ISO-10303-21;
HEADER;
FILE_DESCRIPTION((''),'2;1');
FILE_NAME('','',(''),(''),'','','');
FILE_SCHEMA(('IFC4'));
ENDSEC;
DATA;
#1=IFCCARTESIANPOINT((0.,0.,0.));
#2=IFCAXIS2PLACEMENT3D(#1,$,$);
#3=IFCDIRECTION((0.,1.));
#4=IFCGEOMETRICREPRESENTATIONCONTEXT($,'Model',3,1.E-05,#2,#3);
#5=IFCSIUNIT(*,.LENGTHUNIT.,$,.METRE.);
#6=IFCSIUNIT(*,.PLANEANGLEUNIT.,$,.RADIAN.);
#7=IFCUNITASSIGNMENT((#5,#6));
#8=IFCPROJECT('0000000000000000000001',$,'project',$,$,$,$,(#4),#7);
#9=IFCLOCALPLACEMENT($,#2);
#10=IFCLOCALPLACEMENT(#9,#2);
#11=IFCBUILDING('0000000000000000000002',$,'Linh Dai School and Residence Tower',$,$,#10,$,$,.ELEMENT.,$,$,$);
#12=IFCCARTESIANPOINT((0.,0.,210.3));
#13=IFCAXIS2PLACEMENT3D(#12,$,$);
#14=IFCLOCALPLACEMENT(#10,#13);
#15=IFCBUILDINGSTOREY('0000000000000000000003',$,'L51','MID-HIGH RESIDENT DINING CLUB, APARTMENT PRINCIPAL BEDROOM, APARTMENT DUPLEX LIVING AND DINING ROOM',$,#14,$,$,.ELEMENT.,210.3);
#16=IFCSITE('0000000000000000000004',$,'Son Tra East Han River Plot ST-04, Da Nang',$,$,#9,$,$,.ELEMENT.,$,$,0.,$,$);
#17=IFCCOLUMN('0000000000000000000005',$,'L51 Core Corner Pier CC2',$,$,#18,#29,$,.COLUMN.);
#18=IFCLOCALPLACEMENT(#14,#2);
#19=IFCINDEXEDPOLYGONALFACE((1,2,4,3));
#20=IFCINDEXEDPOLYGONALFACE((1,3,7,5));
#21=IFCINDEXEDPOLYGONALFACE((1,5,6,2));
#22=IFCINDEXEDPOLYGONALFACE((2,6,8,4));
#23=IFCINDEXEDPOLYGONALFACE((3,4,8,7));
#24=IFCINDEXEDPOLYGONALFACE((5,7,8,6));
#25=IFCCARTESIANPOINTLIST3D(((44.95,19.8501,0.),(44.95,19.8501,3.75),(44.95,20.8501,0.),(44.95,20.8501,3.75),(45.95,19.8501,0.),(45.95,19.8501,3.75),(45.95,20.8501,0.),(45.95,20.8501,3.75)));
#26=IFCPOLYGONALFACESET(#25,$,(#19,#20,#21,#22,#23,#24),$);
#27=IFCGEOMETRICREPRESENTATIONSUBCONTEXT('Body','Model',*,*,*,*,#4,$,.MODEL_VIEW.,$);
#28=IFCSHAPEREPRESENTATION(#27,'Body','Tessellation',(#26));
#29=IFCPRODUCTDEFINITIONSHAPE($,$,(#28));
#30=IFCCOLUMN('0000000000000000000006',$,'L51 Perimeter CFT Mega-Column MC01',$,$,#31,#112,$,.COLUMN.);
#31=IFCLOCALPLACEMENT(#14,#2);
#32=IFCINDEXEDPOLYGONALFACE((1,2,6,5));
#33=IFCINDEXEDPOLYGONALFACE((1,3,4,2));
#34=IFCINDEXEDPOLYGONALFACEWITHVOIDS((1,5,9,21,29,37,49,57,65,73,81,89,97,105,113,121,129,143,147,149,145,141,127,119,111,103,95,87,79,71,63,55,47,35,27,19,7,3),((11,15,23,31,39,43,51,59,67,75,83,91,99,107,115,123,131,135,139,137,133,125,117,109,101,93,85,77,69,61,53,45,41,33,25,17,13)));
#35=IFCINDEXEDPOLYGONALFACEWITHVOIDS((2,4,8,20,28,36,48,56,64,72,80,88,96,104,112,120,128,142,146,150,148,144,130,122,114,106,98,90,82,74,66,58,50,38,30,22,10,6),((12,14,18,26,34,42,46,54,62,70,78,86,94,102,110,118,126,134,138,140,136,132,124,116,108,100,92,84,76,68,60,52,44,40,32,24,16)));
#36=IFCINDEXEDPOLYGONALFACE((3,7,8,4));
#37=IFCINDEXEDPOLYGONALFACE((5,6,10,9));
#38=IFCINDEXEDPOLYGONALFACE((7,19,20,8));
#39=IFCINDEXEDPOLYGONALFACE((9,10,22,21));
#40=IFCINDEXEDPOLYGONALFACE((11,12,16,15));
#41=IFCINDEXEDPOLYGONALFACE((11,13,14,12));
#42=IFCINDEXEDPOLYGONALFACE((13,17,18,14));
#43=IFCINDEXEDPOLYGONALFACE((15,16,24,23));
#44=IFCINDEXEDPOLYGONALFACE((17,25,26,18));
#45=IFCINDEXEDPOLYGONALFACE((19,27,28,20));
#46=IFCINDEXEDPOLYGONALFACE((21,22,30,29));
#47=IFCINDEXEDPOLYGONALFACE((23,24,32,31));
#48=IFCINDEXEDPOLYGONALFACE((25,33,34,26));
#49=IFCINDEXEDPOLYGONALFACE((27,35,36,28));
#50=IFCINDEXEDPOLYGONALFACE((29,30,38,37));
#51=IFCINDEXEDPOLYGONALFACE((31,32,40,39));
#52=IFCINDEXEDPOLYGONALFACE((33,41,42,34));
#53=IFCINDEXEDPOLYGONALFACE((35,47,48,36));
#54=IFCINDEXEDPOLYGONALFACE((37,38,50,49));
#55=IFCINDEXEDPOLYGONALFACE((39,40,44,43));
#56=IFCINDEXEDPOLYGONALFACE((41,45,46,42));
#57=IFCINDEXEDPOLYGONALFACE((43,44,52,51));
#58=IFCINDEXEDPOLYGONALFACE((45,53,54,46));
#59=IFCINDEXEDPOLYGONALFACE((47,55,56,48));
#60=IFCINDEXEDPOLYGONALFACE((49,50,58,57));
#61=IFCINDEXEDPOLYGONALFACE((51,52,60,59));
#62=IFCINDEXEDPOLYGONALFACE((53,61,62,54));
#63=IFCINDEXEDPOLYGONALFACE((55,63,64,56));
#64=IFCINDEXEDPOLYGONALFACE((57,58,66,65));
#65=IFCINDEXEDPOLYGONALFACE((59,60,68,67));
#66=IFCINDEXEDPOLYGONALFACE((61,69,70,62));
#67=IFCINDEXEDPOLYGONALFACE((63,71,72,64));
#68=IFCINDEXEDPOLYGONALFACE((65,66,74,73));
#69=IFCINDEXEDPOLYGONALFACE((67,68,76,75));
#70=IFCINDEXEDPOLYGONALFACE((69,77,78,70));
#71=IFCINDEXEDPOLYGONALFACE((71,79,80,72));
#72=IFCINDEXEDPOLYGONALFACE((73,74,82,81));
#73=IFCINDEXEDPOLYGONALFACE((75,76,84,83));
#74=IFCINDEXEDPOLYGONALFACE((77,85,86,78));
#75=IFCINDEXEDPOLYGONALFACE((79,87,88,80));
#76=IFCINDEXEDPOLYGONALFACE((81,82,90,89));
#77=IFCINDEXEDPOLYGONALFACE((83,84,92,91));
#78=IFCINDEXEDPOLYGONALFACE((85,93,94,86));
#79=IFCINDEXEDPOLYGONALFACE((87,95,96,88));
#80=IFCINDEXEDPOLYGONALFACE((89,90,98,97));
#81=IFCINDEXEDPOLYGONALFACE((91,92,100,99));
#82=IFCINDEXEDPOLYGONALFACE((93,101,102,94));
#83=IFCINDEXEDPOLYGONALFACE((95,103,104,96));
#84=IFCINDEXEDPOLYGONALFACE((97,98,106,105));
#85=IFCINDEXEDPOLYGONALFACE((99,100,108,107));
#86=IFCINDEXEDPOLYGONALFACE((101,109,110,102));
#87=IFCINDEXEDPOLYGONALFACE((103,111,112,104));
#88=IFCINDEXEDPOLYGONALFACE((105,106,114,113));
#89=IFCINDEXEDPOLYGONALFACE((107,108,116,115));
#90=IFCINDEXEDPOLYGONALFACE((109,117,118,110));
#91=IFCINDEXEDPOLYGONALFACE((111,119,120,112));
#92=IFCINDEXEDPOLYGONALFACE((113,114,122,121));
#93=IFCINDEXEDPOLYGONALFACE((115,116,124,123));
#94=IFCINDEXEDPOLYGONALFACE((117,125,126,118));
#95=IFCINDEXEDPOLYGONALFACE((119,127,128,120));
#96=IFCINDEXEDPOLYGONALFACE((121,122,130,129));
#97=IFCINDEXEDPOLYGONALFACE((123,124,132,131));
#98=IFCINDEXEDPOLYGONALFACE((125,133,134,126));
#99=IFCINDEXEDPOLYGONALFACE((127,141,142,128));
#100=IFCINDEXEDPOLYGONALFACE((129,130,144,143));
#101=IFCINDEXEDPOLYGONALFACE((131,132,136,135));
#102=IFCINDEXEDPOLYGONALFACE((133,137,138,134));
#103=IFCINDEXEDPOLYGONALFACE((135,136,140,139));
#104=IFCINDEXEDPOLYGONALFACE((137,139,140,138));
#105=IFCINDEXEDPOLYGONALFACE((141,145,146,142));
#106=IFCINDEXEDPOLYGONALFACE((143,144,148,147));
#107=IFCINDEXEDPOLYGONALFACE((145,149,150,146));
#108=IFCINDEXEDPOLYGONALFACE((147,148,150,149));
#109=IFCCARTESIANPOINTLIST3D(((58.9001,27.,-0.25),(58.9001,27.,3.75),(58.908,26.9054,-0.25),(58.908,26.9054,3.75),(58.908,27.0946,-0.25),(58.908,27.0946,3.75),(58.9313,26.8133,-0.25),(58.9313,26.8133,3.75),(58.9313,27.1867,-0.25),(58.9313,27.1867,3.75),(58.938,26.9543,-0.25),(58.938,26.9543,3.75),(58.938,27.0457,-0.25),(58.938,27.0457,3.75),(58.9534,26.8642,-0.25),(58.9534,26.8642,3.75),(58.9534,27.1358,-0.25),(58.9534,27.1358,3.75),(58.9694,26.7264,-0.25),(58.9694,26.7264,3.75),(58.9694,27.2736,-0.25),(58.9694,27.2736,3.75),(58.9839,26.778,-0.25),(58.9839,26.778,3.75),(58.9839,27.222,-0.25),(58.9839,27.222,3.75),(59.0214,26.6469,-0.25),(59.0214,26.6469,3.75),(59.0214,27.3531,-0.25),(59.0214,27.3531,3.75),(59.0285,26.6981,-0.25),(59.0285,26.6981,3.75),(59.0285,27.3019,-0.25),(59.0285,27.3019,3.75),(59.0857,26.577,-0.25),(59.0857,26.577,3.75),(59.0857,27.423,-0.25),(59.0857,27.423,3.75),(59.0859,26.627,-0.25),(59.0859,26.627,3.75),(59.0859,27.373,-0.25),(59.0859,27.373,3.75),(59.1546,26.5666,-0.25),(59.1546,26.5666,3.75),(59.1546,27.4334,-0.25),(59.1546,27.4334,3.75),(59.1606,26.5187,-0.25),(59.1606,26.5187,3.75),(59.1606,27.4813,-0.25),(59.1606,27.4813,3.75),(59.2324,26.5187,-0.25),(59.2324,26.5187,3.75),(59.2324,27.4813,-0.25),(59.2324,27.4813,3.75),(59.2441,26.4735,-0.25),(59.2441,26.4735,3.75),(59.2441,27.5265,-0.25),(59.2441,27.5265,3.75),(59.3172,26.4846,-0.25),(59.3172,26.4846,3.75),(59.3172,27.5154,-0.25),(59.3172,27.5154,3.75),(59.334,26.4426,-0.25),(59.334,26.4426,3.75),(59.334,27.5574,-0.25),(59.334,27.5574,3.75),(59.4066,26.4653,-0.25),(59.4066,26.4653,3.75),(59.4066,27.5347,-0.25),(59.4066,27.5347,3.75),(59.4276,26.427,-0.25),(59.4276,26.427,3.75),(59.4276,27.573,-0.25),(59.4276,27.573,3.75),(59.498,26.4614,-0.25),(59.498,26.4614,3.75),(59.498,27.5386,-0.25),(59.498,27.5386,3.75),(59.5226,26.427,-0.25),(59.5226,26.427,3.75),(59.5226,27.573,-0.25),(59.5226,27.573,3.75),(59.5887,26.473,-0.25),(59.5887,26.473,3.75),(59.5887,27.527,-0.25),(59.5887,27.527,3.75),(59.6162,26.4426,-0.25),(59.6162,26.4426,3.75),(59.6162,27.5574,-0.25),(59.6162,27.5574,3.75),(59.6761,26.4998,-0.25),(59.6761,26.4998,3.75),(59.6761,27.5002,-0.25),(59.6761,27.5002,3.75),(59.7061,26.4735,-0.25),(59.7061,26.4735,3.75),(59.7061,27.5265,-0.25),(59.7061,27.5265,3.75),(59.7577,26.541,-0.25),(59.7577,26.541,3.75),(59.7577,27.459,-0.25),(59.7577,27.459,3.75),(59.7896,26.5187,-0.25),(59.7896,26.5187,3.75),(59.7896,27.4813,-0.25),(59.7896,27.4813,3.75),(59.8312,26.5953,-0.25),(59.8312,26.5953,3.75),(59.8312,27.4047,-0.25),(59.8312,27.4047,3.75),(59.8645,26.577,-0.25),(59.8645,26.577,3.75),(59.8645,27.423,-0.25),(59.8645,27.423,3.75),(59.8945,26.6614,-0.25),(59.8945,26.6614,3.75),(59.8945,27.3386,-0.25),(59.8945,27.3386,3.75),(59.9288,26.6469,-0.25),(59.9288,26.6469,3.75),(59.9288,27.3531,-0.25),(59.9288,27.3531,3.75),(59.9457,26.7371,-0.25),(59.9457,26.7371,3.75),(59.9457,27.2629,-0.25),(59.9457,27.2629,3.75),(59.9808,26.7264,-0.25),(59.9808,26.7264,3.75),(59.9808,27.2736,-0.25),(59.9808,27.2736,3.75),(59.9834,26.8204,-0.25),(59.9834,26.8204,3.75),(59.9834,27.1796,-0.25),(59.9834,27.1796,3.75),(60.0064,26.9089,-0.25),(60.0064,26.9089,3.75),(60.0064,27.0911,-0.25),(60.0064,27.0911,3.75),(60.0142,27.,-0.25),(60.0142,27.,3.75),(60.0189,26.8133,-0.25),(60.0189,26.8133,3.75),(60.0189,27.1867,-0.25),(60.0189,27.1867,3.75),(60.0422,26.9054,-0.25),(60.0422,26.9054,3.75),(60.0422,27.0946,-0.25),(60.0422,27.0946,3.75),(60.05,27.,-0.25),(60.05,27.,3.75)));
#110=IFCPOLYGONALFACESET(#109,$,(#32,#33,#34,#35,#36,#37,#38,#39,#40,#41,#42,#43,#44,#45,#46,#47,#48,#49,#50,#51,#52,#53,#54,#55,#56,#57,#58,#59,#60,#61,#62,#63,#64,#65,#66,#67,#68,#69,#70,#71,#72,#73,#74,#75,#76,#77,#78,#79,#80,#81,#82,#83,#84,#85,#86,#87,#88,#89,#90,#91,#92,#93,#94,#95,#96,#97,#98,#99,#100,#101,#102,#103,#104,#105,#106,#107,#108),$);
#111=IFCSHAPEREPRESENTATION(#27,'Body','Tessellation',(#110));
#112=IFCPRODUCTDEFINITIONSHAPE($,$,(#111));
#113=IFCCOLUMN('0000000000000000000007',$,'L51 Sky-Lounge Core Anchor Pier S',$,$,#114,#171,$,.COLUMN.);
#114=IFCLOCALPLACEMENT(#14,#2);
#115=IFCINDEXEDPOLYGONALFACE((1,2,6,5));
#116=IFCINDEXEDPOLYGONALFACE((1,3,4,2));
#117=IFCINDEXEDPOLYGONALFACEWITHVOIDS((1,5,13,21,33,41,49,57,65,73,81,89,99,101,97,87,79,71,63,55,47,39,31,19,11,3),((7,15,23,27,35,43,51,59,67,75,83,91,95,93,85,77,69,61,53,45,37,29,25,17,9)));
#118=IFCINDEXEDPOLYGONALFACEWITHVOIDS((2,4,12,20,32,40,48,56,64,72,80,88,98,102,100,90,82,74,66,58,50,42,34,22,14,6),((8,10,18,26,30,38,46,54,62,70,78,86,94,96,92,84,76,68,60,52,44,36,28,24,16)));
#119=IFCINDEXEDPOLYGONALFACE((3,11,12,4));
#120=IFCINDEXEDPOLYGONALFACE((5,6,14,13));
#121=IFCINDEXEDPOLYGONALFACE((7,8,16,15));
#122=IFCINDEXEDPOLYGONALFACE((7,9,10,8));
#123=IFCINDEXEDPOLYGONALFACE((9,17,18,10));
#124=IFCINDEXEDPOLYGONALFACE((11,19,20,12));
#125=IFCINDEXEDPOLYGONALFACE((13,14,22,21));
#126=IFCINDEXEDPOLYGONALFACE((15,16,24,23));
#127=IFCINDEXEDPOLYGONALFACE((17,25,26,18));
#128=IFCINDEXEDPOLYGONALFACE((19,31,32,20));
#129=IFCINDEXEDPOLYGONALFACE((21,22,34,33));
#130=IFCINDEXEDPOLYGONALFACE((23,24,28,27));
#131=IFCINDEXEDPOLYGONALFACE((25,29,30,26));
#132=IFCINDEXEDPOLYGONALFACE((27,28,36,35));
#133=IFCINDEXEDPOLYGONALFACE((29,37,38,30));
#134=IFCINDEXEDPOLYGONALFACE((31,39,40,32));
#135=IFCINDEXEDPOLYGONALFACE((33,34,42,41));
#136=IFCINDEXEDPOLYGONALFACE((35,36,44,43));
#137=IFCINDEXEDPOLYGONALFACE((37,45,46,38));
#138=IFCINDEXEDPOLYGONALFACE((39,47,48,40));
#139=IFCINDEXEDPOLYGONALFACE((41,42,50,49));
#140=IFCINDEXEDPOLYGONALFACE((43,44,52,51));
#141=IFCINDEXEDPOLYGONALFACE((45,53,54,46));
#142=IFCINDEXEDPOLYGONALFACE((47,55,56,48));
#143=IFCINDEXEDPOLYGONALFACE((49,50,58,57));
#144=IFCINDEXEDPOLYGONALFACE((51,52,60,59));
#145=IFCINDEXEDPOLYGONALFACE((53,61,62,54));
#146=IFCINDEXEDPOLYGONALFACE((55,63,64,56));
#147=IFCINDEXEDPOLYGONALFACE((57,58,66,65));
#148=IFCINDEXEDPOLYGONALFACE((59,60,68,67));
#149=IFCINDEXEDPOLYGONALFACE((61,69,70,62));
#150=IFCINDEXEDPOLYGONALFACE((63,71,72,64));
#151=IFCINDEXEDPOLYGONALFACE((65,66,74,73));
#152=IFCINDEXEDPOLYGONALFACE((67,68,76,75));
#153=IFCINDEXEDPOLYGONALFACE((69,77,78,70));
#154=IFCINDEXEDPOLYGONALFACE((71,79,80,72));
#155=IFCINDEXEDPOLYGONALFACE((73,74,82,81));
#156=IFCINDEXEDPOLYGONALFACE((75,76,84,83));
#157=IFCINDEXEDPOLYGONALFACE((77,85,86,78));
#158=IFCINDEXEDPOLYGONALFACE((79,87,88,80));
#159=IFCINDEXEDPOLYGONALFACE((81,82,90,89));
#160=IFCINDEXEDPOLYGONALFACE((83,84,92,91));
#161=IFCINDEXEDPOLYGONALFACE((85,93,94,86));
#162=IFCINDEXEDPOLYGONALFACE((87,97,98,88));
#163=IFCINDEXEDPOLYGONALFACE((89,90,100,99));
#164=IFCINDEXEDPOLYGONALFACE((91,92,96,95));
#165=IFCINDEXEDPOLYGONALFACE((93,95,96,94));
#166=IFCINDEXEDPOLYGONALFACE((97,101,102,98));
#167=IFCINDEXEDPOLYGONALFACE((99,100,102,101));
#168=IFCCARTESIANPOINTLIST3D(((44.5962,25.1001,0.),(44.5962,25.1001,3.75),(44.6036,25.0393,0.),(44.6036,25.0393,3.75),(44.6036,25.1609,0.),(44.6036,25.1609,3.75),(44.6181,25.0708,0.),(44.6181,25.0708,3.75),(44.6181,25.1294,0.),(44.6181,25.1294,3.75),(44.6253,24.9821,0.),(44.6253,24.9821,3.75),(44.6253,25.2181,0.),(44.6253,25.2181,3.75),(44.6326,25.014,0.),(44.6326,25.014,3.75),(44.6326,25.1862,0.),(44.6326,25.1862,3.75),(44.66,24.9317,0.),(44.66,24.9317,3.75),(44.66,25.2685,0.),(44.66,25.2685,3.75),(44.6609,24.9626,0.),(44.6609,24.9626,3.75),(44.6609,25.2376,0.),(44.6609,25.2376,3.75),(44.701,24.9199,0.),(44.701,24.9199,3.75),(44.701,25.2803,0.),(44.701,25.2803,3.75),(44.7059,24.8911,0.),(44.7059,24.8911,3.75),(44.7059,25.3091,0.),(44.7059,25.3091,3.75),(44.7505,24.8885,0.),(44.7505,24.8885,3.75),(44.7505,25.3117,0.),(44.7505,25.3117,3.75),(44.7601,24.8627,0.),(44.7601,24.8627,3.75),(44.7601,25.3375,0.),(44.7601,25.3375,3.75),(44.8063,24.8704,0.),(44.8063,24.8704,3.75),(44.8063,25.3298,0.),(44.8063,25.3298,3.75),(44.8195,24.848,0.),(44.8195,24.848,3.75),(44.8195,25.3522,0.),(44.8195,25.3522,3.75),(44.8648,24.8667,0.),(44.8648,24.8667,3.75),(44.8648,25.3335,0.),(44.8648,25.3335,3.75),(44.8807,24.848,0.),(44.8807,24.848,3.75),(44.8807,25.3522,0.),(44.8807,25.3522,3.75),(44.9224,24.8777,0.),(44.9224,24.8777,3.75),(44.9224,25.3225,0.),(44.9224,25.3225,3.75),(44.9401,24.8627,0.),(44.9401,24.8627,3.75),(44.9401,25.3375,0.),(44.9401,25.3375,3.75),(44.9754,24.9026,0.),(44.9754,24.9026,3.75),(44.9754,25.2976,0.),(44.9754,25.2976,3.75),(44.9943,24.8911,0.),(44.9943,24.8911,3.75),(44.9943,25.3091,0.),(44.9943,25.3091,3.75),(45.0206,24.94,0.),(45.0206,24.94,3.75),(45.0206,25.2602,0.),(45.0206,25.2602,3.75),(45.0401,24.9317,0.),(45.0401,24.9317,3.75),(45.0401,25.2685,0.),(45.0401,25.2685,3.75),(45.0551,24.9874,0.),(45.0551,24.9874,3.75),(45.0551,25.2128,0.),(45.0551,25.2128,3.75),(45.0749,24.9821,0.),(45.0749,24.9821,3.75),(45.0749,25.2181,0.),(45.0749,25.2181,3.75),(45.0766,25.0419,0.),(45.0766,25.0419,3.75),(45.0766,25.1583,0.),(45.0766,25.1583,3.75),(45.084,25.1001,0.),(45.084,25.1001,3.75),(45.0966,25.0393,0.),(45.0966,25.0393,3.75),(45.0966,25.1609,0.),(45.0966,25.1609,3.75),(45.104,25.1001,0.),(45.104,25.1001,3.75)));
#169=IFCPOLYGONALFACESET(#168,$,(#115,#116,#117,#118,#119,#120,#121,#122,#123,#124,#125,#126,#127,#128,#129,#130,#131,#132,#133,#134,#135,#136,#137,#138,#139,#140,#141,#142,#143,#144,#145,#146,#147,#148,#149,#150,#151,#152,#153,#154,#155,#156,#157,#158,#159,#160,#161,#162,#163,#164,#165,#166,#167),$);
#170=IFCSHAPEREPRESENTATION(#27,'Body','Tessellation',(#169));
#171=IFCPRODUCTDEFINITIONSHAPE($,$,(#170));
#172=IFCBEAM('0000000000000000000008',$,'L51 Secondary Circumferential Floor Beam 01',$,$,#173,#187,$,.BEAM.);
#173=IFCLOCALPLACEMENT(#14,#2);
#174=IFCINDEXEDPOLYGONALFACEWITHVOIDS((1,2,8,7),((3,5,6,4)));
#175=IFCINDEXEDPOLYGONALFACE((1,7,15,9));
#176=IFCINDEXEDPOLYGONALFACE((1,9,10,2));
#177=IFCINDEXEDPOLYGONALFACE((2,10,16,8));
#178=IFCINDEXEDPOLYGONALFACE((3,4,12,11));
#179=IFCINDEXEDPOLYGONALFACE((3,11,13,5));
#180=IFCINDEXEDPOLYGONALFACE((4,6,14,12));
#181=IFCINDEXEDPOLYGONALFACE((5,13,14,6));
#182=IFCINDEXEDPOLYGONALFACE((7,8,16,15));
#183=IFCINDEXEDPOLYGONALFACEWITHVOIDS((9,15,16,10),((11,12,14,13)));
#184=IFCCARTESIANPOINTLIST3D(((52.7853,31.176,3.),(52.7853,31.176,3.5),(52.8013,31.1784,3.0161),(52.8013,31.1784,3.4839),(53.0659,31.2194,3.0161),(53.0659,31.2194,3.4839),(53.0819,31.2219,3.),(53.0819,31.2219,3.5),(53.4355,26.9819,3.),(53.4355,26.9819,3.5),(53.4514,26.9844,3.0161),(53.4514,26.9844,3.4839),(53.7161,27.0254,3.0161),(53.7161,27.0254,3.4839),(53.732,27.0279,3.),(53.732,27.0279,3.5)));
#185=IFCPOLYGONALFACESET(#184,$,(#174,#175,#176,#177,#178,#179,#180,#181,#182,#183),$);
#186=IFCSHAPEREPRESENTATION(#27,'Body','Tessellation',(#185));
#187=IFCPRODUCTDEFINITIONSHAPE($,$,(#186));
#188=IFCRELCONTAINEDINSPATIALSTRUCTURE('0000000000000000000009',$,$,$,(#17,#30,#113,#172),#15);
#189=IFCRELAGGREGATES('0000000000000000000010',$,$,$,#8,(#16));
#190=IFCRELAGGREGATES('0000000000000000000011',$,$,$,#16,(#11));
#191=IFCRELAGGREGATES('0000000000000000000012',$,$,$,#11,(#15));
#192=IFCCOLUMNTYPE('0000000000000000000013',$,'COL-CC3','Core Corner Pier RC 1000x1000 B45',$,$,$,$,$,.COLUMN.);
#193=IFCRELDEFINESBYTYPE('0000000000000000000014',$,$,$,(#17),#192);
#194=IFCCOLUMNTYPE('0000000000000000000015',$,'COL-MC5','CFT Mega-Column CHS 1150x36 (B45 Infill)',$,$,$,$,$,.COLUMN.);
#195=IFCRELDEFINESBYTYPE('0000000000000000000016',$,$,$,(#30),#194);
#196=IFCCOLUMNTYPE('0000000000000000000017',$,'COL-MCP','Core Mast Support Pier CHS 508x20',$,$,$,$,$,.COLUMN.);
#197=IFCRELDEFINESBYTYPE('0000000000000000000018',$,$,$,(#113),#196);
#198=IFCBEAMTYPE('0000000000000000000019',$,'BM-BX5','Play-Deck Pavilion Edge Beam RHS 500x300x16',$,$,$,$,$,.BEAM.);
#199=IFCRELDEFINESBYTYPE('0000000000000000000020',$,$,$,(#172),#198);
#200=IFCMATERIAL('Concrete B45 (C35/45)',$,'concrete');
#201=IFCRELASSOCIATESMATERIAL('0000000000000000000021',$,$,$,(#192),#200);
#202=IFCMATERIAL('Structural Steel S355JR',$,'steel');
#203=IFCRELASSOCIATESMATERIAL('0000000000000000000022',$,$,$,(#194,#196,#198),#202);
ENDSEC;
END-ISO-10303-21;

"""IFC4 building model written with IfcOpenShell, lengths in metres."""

from ifc_helpers import new_model, si_unit, direction, frame, origin, origin_2d, place, context, subcontext, project, spatial, rectangle, hollow_rectangle, hollow_circle, extrude, material, material_profile, profile_set, type_object, element, save


model = new_model("IFC4")

# Units and contexts
model_context = context("Model", 3, precision=1e-05, world=origin(), true_north=direction((0.0, 1.0)))
body_context = subcontext(model_context, "Body", "Model", "MODEL_VIEW")
ifc_project = project(units=[si_unit("LENGTHUNIT", "METRE"), si_unit("PLANEANGLEUNIT", "RADIAN")], contexts=[model_context])

# Site, building, storey
site_placement = place(None, origin())
site = spatial("IfcSite", under=ifc_project, at=site_placement, Name="Son Tra East Han River Plot ST-04, Da Nang", CompositionType="ELEMENT", RefElevation=0.0)
building_placement = place(site_placement, origin())
building = spatial("IfcBuilding", under=site, at=building_placement, Name="Linh Dai School and Residence Tower", CompositionType="ELEMENT")
storey_placement = place(building_placement, frame((0.0, 0.0, 210.3)))
storey = spatial("IfcBuildingStorey", under=building, at=storey_placement, Name="L51", Description="MID-HIGH RESIDENT DINING CLUB, APARTMENT PRINCIPAL BEDROOM, APARTMENT DUPLEX LIVING AND DINING ROOM", CompositionType="ELEMENT", Elevation=210.3)

# Columns
ifc_material_1 = material(Name="Concrete B45 (C35/45)", Category="concrete")
ifc_material_profile_1 = material_profile(ifc_material_1, rectangle(XDim=1.0, YDim=1.0, at=origin_2d()), Name="RC 1000x1000")
ifc_profile_set_1 = profile_set([ifc_material_profile_1], Name="Concrete B45 (C35/45)")
column_type_1 = type_object("IfcColumnType", Name="COL-CC3", Description="Core Corner Pier RC 1000x1000 B45", PredefinedType="COLUMN", material=ifc_profile_set_1)
column_1_placement = place(storey_placement, frame((45.45, 20.3501, 0.0), z_axis=(0.0, 0.0, 1.0), x_axis=(1.0, 0.0, 0.0)))
element("IfcColumn", 1, at=column_1_placement, inside=storey, type_object=column_type_1, Name="L51 Core Corner Pier CC2", PredefinedType="COLUMN", context=body_context, shape_type="SweptSolid", body=[
    extrude(rectangle(XDim=1.0, YDim=1.0, at=origin_2d()), origin(), (0.0, 0.0, 1.0), 3.75),
])
ifc_material_2 = material(Name="Structural Steel S355JR", Category="steel")
ifc_material_profile_2 = material_profile(ifc_material_2, hollow_circle(Radius=0.575, WallThickness=0.0359, at=origin_2d()), Name="CHS 1150x36")
ifc_profile_set_2 = profile_set([ifc_material_profile_2], Name="Structural Steel S355JR")
column_type_2 = type_object("IfcColumnType", Name="COL-MC5", Description="CFT Mega-Column CHS 1150x36 (B45 Infill)", PredefinedType="COLUMN", material=ifc_profile_set_2)
column_2_placement = place(storey_placement, frame((59.4751, 27.0, -0.25), z_axis=(0.0, 0.0, 1.0), x_axis=(1.0, 0.0, 0.0)))
element("IfcColumn", 2, at=column_2_placement, inside=storey, type_object=column_type_2, Name="L51 Perimeter CFT Mega-Column MC01", PredefinedType="COLUMN", context=body_context, shape_type="SweptSolid", body=[
    extrude(hollow_circle(Radius=0.575, WallThickness=0.0359, at=origin_2d()), origin(), (0.0, 0.0, 1.0), 4.0),
])
ifc_material_profile_3 = material_profile(ifc_material_2, hollow_circle(Radius=0.2539, WallThickness=0.02, at=origin_2d()), Name="CHS 508x20")
ifc_profile_set_3 = profile_set([ifc_material_profile_3], Name="Structural Steel S355JR")
column_type_3 = type_object("IfcColumnType", Name="COL-MCP", Description="Core Mast Support Pier CHS 508x20", PredefinedType="COLUMN", material=ifc_profile_set_3)
column_3_placement = place(storey_placement, frame((44.8501, 25.1001, 0.0), z_axis=(0.0, 0.0, 1.0), x_axis=(1.0, 0.0, 0.0)))
element("IfcColumn", 3, at=column_3_placement, inside=storey, type_object=column_type_3, Name="L51 Sky-Lounge Core Anchor Pier S", PredefinedType="COLUMN", context=body_context, shape_type="SweptSolid", body=[
    extrude(hollow_circle(Radius=0.2539, WallThickness=0.02, at=origin_2d()), origin(), (0.0, 0.0, 1.0), 3.75),
])

# Beam
ifc_material_profile_4 = material_profile(ifc_material_2, hollow_rectangle(XDim=0.3, YDim=0.5, WallThickness=0.0161, at=origin_2d()), Name="RHS 500x300x16")
ifc_profile_set_4 = profile_set([ifc_material_profile_4], Name="Structural Steel S355JR")
beam_type_1 = type_object("IfcBeamType", Name="BM-BX5", Description="Play-Deck Pavilion Edge Beam RHS 500x300x16", PredefinedType="BEAM", material=ifc_profile_set_4)
beam_1_placement = place(storey_placement, frame((53.5837, 27.0049, 3.25), z_axis=(-0.153185, 0.988197, 0.0), x_axis=(-0.988197, -0.153185, 0.0)))
element("IfcBeam", 4, at=beam_1_placement, inside=storey, type_object=beam_type_1, Name="L51 Secondary Circumferential Floor Beam 01", PredefinedType="BEAM", context=body_context, shape_type="SweptSolid", body=[
    extrude(hollow_rectangle(XDim=0.3, YDim=0.5, WallThickness=0.0161, at=origin_2d()), origin(), (0.0, 0.0, 1.0), 4.2441),
])

save(model, "model.ifc")
